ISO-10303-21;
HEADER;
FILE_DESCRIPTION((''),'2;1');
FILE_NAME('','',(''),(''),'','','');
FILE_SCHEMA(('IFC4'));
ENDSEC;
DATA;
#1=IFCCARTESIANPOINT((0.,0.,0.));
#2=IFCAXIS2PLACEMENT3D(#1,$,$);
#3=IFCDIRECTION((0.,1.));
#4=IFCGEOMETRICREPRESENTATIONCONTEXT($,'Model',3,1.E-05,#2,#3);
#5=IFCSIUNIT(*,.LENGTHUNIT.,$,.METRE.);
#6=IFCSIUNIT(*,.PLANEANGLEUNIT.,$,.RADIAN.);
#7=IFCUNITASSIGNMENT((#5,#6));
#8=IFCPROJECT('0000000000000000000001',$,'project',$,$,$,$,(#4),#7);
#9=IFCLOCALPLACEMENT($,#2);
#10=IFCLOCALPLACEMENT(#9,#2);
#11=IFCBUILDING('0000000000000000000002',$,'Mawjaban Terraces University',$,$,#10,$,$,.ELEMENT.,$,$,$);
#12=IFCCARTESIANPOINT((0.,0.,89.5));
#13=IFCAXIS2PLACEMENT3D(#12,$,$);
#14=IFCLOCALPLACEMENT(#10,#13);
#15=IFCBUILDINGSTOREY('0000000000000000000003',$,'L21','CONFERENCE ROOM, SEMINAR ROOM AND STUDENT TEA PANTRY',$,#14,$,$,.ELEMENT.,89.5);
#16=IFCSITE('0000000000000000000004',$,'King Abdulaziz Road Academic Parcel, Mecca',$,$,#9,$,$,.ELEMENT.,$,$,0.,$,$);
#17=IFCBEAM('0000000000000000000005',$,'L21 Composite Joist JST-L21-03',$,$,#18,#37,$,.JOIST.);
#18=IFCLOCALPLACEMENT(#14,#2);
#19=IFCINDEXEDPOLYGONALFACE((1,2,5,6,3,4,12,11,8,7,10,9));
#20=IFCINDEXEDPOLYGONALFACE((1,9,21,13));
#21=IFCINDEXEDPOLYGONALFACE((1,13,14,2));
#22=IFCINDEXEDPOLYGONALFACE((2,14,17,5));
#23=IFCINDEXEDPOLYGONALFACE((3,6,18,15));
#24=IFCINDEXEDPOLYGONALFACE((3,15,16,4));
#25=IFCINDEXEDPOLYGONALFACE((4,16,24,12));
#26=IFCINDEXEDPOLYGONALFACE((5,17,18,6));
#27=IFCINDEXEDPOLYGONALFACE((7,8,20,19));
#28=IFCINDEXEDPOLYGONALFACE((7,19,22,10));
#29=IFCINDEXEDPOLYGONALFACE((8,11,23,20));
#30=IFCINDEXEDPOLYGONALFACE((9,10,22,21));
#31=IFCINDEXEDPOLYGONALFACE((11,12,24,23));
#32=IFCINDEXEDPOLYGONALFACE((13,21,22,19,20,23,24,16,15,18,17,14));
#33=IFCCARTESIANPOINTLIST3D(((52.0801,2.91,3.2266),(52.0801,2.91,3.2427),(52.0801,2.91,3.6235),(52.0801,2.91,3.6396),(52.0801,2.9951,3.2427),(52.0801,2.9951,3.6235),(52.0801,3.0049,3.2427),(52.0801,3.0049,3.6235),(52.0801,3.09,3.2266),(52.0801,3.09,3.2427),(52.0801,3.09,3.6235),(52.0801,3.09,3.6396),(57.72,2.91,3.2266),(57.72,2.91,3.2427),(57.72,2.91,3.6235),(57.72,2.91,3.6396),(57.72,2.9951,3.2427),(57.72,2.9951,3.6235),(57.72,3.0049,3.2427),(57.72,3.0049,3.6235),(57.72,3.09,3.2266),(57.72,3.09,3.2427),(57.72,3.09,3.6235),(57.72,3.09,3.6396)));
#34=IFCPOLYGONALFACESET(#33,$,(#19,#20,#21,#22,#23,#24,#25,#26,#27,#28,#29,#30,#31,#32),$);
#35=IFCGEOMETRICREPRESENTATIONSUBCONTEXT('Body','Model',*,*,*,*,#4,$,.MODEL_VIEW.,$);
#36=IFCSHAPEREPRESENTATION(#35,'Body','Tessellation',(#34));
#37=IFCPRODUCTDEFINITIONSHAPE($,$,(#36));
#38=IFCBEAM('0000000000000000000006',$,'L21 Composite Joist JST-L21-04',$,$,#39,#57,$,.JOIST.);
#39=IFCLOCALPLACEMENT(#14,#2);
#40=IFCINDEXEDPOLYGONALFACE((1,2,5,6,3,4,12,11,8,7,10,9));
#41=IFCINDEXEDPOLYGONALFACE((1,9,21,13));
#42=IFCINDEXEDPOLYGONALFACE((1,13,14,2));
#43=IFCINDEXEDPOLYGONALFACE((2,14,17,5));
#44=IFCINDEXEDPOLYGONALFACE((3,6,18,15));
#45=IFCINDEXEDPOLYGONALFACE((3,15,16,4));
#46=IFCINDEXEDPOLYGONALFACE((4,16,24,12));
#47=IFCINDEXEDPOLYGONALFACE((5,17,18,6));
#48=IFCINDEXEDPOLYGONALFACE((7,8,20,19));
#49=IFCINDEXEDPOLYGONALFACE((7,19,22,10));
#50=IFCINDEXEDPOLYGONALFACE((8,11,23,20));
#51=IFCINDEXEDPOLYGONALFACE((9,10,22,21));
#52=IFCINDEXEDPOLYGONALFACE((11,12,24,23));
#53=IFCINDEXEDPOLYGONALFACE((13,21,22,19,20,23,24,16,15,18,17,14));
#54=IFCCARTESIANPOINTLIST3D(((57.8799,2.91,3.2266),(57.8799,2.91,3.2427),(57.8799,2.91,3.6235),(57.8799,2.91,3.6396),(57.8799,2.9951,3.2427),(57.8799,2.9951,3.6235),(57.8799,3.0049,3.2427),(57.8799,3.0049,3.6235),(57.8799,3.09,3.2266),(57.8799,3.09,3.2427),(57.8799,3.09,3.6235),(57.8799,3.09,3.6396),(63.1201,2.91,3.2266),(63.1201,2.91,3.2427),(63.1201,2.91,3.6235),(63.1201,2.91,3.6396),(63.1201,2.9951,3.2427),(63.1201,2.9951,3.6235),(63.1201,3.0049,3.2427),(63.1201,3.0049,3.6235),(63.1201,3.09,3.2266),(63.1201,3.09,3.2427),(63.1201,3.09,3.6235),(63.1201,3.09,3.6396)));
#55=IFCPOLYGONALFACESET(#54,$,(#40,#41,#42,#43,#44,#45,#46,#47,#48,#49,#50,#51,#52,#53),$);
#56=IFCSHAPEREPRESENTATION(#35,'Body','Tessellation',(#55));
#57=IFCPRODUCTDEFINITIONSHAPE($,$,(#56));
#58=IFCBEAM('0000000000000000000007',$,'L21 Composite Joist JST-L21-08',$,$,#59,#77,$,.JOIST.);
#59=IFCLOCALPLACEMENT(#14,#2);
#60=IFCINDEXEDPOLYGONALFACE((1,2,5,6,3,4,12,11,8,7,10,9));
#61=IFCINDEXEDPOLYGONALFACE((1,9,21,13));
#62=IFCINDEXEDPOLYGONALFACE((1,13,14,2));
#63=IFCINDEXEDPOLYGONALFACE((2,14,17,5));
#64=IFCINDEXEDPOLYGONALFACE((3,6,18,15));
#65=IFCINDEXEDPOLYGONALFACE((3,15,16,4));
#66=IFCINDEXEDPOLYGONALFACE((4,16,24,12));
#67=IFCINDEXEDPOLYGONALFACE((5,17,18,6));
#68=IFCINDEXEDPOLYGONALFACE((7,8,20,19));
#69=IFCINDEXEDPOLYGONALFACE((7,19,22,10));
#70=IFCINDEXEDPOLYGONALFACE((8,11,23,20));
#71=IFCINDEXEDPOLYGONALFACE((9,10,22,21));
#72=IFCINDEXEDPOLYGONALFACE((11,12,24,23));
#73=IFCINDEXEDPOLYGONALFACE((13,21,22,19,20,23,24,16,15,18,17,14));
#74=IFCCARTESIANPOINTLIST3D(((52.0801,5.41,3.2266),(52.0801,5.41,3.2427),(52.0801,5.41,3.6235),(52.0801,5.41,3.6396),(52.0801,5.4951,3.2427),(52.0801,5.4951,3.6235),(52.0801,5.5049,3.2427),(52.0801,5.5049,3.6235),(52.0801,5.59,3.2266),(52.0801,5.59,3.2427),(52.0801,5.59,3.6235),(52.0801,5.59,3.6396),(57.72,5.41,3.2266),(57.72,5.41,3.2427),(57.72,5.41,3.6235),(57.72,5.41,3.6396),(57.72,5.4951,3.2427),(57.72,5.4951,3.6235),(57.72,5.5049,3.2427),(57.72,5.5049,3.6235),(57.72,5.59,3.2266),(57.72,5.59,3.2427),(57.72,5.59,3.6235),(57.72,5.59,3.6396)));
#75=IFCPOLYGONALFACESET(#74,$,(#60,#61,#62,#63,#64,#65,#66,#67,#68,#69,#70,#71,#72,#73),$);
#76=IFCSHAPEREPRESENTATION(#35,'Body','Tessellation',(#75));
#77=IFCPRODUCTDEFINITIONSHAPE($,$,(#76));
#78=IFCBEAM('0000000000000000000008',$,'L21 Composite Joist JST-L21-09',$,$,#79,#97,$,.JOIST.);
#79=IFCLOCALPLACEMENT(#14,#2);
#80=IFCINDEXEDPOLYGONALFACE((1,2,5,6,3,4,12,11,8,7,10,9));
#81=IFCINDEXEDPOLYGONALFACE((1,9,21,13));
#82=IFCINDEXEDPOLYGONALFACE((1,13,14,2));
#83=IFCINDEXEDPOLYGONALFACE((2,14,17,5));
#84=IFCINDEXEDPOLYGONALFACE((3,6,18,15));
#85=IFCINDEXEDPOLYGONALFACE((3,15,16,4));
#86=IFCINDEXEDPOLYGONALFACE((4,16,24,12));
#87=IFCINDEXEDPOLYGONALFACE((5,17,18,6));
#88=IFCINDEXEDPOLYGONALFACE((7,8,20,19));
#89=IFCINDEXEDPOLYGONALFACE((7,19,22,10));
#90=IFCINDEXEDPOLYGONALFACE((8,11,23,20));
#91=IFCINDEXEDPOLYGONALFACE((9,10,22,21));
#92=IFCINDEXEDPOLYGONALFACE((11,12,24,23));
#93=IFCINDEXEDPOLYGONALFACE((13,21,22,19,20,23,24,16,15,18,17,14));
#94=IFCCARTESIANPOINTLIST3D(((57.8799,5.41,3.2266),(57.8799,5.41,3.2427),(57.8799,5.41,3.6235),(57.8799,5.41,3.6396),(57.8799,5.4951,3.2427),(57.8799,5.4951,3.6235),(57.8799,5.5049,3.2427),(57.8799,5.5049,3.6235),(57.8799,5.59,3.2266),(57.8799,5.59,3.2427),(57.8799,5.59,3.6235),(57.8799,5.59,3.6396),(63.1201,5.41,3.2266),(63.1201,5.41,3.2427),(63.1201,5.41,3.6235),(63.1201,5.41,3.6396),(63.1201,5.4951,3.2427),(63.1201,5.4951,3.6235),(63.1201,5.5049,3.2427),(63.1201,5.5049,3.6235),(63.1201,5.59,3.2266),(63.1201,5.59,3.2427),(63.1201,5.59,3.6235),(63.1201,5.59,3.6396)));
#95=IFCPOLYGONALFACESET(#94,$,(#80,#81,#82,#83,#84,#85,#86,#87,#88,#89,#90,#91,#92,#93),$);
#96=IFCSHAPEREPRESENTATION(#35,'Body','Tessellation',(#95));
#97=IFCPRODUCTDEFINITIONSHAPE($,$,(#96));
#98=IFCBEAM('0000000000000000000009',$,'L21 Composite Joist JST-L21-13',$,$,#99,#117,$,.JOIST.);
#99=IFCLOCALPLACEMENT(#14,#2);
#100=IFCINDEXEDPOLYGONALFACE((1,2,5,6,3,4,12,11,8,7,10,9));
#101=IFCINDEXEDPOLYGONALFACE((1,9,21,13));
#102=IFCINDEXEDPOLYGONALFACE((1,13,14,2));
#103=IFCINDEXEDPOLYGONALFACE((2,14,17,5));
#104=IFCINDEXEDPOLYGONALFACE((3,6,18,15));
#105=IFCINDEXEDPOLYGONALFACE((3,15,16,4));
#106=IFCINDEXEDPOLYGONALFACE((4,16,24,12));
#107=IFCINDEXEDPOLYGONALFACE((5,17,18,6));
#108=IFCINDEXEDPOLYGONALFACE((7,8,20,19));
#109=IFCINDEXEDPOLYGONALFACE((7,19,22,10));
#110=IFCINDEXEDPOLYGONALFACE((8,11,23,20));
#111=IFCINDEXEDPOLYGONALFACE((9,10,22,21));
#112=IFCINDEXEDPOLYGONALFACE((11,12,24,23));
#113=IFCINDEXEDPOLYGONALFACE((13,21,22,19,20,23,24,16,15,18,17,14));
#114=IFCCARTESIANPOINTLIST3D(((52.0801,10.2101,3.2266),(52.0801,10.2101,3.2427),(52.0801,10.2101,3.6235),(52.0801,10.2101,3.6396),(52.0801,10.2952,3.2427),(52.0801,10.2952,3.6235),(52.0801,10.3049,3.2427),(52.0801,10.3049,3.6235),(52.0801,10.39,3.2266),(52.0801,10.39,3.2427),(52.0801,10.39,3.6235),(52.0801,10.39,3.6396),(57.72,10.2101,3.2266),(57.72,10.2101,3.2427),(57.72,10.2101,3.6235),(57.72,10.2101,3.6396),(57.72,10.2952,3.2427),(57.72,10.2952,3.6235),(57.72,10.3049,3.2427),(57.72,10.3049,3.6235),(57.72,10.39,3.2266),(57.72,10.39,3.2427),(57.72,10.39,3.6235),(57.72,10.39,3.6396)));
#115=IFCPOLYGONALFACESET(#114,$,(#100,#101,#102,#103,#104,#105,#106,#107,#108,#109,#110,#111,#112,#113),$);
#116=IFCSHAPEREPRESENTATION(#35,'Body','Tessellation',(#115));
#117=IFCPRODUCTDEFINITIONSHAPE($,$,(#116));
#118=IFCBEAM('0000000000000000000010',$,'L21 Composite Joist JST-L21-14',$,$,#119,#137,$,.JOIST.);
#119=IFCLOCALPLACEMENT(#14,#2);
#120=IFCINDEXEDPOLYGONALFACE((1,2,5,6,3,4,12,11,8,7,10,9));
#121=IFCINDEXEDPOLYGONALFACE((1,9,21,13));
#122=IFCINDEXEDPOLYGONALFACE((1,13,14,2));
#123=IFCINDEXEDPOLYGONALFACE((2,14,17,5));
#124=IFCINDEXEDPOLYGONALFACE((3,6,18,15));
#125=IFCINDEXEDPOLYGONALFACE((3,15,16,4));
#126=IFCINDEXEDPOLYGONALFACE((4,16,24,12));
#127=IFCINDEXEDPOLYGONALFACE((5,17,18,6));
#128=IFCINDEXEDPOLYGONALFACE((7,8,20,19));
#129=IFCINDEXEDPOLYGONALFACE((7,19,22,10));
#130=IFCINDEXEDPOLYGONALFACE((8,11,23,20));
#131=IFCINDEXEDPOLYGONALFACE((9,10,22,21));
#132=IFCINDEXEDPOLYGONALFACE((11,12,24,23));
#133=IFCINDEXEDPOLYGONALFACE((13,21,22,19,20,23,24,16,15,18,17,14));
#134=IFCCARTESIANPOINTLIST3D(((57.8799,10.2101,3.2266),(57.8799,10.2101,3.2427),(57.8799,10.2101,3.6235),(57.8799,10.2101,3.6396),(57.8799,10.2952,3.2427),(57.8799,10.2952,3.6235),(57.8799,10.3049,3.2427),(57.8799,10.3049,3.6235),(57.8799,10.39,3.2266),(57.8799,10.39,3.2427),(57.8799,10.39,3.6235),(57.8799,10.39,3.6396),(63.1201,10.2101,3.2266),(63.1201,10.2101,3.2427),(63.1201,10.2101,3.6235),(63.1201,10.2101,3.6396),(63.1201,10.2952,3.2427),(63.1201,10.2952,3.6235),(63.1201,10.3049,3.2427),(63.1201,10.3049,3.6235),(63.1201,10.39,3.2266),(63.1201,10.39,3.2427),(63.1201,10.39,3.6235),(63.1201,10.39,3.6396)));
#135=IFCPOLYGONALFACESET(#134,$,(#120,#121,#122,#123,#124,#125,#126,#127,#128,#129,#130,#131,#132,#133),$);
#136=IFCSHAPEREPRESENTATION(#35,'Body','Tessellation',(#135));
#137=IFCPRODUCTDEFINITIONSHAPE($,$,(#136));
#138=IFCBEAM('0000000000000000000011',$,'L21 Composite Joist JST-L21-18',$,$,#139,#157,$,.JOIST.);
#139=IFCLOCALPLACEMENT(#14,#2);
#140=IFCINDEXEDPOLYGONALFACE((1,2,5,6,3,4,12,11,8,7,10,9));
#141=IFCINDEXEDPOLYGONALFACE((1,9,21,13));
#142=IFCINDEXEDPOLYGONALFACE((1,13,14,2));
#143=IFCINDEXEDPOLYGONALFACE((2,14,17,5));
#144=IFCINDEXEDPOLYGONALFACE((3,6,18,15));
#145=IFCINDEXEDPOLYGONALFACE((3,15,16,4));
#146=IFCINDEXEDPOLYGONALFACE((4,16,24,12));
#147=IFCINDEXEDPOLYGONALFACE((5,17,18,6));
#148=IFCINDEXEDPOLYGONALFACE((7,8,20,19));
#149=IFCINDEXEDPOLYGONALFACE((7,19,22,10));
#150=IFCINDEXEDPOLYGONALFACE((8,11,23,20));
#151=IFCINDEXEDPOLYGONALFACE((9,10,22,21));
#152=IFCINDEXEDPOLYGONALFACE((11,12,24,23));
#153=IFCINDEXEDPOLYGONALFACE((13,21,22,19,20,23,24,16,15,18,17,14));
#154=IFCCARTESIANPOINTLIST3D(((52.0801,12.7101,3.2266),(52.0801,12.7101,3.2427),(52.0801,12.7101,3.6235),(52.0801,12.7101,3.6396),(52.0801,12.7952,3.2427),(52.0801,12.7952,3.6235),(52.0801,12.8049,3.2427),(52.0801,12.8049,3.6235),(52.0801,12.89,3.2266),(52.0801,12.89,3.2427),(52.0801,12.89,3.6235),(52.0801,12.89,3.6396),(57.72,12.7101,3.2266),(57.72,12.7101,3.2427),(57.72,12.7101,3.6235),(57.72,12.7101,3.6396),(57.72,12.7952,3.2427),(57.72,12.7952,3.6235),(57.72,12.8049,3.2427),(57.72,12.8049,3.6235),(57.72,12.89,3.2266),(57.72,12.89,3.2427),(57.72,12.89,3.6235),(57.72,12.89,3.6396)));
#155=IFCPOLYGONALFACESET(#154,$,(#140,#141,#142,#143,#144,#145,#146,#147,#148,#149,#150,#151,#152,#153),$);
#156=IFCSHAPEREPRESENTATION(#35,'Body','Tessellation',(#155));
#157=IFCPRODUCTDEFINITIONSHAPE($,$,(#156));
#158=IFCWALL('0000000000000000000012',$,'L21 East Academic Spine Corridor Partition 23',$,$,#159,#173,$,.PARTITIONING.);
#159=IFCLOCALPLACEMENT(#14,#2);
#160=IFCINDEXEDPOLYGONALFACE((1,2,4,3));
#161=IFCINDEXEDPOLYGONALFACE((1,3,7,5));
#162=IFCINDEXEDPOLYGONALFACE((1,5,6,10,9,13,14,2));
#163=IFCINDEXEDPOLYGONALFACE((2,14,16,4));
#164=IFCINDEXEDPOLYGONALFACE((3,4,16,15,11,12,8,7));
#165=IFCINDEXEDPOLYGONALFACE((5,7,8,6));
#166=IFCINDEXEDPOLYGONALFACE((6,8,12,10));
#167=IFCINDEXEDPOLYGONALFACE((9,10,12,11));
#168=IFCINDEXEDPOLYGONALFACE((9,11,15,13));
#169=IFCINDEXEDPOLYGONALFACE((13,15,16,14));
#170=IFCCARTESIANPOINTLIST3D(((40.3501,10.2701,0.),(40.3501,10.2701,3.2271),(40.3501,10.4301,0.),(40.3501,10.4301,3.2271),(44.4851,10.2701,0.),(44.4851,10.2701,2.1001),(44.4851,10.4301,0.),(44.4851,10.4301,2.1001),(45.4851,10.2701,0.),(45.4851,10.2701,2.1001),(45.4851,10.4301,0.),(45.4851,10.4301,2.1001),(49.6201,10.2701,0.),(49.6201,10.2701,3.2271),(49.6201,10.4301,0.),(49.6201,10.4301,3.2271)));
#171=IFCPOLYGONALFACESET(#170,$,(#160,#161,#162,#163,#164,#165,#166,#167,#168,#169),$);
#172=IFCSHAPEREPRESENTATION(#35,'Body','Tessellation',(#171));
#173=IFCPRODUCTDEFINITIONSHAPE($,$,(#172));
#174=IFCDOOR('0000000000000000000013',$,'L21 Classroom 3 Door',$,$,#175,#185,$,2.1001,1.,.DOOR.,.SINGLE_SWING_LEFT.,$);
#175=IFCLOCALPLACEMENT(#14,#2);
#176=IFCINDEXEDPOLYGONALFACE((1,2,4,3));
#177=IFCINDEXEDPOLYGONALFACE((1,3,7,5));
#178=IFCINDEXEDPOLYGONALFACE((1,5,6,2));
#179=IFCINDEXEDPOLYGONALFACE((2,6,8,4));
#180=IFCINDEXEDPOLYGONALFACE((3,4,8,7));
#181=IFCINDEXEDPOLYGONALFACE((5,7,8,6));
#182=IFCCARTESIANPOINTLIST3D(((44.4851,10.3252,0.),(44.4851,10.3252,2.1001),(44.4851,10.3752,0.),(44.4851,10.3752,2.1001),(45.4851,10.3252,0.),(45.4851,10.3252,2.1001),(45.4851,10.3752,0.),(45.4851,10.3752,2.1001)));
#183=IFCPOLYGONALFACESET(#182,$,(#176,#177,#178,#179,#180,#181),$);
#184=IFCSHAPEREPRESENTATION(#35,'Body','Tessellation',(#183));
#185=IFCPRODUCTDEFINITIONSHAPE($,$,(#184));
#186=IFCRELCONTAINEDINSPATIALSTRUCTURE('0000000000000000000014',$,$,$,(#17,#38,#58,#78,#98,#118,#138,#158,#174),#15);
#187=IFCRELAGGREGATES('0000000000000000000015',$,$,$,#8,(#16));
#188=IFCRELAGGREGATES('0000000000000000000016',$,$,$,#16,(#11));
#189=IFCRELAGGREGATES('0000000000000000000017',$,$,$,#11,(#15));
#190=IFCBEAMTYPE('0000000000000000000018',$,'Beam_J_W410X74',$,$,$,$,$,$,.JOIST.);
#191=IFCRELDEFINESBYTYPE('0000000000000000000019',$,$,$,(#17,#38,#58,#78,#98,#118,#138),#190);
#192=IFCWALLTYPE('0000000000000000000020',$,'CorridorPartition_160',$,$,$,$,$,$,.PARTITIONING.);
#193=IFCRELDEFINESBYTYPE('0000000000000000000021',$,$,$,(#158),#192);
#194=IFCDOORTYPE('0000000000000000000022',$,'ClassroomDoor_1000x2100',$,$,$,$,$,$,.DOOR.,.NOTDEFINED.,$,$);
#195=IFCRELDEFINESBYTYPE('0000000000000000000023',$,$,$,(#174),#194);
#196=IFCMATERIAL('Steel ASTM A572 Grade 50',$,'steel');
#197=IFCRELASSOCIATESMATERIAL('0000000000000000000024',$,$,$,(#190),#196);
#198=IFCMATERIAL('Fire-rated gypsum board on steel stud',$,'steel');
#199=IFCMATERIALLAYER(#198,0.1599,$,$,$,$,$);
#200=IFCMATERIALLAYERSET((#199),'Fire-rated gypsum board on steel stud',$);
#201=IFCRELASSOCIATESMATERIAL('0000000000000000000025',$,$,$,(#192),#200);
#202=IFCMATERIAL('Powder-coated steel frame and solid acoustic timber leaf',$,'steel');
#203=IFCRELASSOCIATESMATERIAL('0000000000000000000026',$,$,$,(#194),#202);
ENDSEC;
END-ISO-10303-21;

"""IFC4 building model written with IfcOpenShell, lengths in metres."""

from ifc_helpers import new_model, si_unit, direction, frame, frame_2d, origin, origin_2d, place, context, subcontext, project, spatial, rectangle, i_section, extrude, material, layer, layer_set, material_profile, profile_set, type_object, element, fill, save


model = new_model("IFC4")

# Units and contexts
model_context = context("Model", 3, precision=1e-05, world=origin(), true_north=direction((0.0, 1.0)))
body_context = subcontext(model_context, "Body", "Model", "MODEL_VIEW")
ifc_project = project(units=[si_unit("LENGTHUNIT", "METRE"), si_unit("PLANEANGLEUNIT", "RADIAN")], contexts=[model_context])

# Site, building, storey
site_placement = place(None, origin())
site = spatial("IfcSite", under=ifc_project, at=site_placement, Name="King Abdulaziz Road Academic Parcel, Mecca", CompositionType="ELEMENT", RefElevation=0.0)
building_placement = place(site_placement, origin())
building = spatial("IfcBuilding", under=site, at=building_placement, Name="Mawjaban Terraces University", CompositionType="ELEMENT")
storey_placement = place(building_placement, frame((0.0, 0.0, 89.5)))
storey = spatial("IfcBuildingStorey", under=building, at=storey_placement, Name="L21", Description="CONFERENCE ROOM, SEMINAR ROOM AND STUDENT TEA PANTRY", CompositionType="ELEMENT", Elevation=89.5)

# Beams
ifc_material_1 = material(Name="Steel ASTM A572 Grade 50", Category="steel")
ifc_material_profile_1 = material_profile(ifc_material_1, i_section(OverallWidth=0.1799, OverallDepth=0.4131, WebThickness=0.0098, FlangeThickness=0.0161, at=origin_2d()), Name="W410X74")
ifc_profile_set_1 = profile_set([ifc_material_profile_1], Name="Steel ASTM A572 Grade 50")
beam_type_1 = type_object("IfcBeamType", Name="Beam_J_W410X74", PredefinedType="JOIST", material=ifc_profile_set_1)
beam_1_placement = place(storey_placement, frame((52.0801, 3.0, 3.4331), z_axis=(1.0, 0.0, 0.0), x_axis=(0.0, 1.0, 0.0)))
element("IfcBeam", 1, at=beam_1_placement, inside=storey, type_object=beam_type_1, Name="L21 Composite Joist JST-L21-03", PredefinedType="JOIST", context=body_context, shape_type="SweptSolid", body=[
    extrude(i_section(OverallWidth=0.1799, OverallDepth=0.4131, WebThickness=0.0098, FlangeThickness=0.0161, at=origin_2d()), origin(), (0.0, 0.0, 1.0), 5.6399),
])
beam_2_placement = place(storey_placement, frame((57.8799, 3.0, 3.4331), z_axis=(1.0, 0.0, 0.0), x_axis=(0.0, 1.0, 0.0)))
element("IfcBeam", 2, at=beam_2_placement, inside=storey, type_object=beam_type_1, Name="L21 Composite Joist JST-L21-04", PredefinedType="JOIST", context=body_context, shape_type="SweptSolid", body=[
    extrude(i_section(OverallWidth=0.1799, OverallDepth=0.4131, WebThickness=0.0098, FlangeThickness=0.0161, at=origin_2d()), origin(), (0.0, 0.0, 1.0), 5.2402),
])
beam_3_placement = place(storey_placement, frame((52.0801, 5.5, 3.4331), z_axis=(1.0, 0.0, 0.0), x_axis=(0.0, 1.0, 0.0)))
element("IfcBeam", 3, at=beam_3_placement, inside=storey, type_object=beam_type_1, Name="L21 Composite Joist JST-L21-08", PredefinedType="JOIST", context=body_context, shape_type="SweptSolid", body=[
    extrude(i_section(OverallWidth=0.1799, OverallDepth=0.4131, WebThickness=0.0098, FlangeThickness=0.0161, at=origin_2d()), origin(), (0.0, 0.0, 1.0), 5.6399),
])
beam_4_placement = place(storey_placement, frame((57.8799, 5.5, 3.4331), z_axis=(1.0, 0.0, 0.0), x_axis=(0.0, 1.0, 0.0)))
element("IfcBeam", 4, at=beam_4_placement, inside=storey, type_object=beam_type_1, Name="L21 Composite Joist JST-L21-09", PredefinedType="JOIST", context=body_context, shape_type="SweptSolid", body=[
    extrude(i_section(OverallWidth=0.1799, OverallDepth=0.4131, WebThickness=0.0098, FlangeThickness=0.0161, at=origin_2d()), origin(), (0.0, 0.0, 1.0), 5.2402),
])
beam_5_placement = place(storey_placement, frame((52.0801, 10.3, 3.4331), z_axis=(1.0, 0.0, 0.0), x_axis=(0.0, 1.0, 0.0)))
element("IfcBeam", 5, at=beam_5_placement, inside=storey, type_object=beam_type_1, Name="L21 Composite Joist JST-L21-13", PredefinedType="JOIST", context=body_context, shape_type="SweptSolid", body=[
    extrude(i_section(OverallWidth=0.1799, OverallDepth=0.4131, WebThickness=0.0098, FlangeThickness=0.0161, at=origin_2d()), origin(), (0.0, 0.0, 1.0), 5.6399),
])
beam_6_placement = place(storey_placement, frame((57.8799, 10.3, 3.4331), z_axis=(1.0, 0.0, 0.0), x_axis=(0.0, 1.0, 0.0)))
element("IfcBeam", 6, at=beam_6_placement, inside=storey, type_object=beam_type_1, Name="L21 Composite Joist JST-L21-14", PredefinedType="JOIST", context=body_context, shape_type="SweptSolid", body=[
    extrude(i_section(OverallWidth=0.1799, OverallDepth=0.4131, WebThickness=0.0098, FlangeThickness=0.0161, at=origin_2d()), origin(), (0.0, 0.0, 1.0), 5.2402),
])
beam_7_placement = place(storey_placement, frame((52.0801, 12.8, 3.4331), z_axis=(1.0, 0.0, 0.0), x_axis=(0.0, 1.0, 0.0)))
element("IfcBeam", 7, at=beam_7_placement, inside=storey, type_object=beam_type_1, Name="L21 Composite Joist JST-L21-18", PredefinedType="JOIST", context=body_context, shape_type="SweptSolid", body=[
    extrude(i_section(OverallWidth=0.1799, OverallDepth=0.4131, WebThickness=0.0098, FlangeThickness=0.0161, at=origin_2d()), origin(), (0.0, 0.0, 1.0), 5.6399),
])

# Wall, opening, door
ifc_material_2 = material(Name="Fire-rated gypsum board on steel stud", Category="steel")
ifc_layer_1 = layer(ifc_material_2, 0.1599)
ifc_layer_set_1 = layer_set([ifc_layer_1], Name="Fire-rated gypsum board on steel stud")
wall_type_1 = type_object("IfcWallType", Name="CorridorPartition_160", PredefinedType="PARTITIONING", material=ifc_layer_set_1)
wall_1_placement = place(storey_placement, frame((49.6201, 10.3501, 0.0), z_axis=(0.0, 0.0, 1.0), x_axis=(-1.0, 0.0, 0.0)))
wall_1 = element("IfcWall", 8, at=wall_1_placement, inside=storey, type_object=wall_type_1, Name="L21 East Academic Spine Corridor Partition 23", PredefinedType="PARTITIONING", context=body_context, shape_type="SweptSolid", body=[
    extrude(rectangle(XDim=9.27, YDim=0.1599, at=frame_2d((4.635, 0.0))), origin(), (0.0, 0.0, 1.0), 3.2271),
])
opening_placement = place(wall_1_placement, frame((4.135, 0.0, 0.0)))
opening = element("IfcOpeningElement", 9, at=opening_placement, cuts=wall_1, PredefinedType="OPENING", context=body_context, shape_type="SweptSolid", body=[
    extrude(rectangle(XDim=1.0, YDim=2.1001, at=frame_2d((0.5, 1.05))), frame((0.0, 0.0898, 0.0), z_axis=(0.0, -1.0, 0.0), x_axis=(1.0, 0.0, 0.0)), (0.0, 0.0, 1.0), 0.1799),
])
ifc_material_3 = material(Name="Powder-coated steel frame and solid acoustic timber leaf", Category="steel")
door_type = type_object("IfcDoorType", Name="ClassroomDoor_1000x2100", OperationType="NOTDEFINED", PredefinedType="DOOR", material=ifc_material_3)
door_placement = place(opening_placement, origin())
door = element("IfcDoor", 10, at=door_placement, inside=storey, type_object=door_type, Name="L21 Classroom 3 Door", OperationType="SINGLE_SWING_LEFT", OverallHeight=2.1001, OverallWidth=1.0, PredefinedType="DOOR", context=body_context, shape_type="SweptSolid", body=[
    extrude(rectangle(XDim=1.0, YDim=2.1001, at=frame_2d((0.5, 1.05))), frame((0.0, 0.0249, 0.0), z_axis=(0.0, -1.0, 0.0), x_axis=(1.0, 0.0, 0.0)), (0.0, 0.0, 1.0), 0.05),
])
fill(opening, door)

save(model, "model.ifc")
